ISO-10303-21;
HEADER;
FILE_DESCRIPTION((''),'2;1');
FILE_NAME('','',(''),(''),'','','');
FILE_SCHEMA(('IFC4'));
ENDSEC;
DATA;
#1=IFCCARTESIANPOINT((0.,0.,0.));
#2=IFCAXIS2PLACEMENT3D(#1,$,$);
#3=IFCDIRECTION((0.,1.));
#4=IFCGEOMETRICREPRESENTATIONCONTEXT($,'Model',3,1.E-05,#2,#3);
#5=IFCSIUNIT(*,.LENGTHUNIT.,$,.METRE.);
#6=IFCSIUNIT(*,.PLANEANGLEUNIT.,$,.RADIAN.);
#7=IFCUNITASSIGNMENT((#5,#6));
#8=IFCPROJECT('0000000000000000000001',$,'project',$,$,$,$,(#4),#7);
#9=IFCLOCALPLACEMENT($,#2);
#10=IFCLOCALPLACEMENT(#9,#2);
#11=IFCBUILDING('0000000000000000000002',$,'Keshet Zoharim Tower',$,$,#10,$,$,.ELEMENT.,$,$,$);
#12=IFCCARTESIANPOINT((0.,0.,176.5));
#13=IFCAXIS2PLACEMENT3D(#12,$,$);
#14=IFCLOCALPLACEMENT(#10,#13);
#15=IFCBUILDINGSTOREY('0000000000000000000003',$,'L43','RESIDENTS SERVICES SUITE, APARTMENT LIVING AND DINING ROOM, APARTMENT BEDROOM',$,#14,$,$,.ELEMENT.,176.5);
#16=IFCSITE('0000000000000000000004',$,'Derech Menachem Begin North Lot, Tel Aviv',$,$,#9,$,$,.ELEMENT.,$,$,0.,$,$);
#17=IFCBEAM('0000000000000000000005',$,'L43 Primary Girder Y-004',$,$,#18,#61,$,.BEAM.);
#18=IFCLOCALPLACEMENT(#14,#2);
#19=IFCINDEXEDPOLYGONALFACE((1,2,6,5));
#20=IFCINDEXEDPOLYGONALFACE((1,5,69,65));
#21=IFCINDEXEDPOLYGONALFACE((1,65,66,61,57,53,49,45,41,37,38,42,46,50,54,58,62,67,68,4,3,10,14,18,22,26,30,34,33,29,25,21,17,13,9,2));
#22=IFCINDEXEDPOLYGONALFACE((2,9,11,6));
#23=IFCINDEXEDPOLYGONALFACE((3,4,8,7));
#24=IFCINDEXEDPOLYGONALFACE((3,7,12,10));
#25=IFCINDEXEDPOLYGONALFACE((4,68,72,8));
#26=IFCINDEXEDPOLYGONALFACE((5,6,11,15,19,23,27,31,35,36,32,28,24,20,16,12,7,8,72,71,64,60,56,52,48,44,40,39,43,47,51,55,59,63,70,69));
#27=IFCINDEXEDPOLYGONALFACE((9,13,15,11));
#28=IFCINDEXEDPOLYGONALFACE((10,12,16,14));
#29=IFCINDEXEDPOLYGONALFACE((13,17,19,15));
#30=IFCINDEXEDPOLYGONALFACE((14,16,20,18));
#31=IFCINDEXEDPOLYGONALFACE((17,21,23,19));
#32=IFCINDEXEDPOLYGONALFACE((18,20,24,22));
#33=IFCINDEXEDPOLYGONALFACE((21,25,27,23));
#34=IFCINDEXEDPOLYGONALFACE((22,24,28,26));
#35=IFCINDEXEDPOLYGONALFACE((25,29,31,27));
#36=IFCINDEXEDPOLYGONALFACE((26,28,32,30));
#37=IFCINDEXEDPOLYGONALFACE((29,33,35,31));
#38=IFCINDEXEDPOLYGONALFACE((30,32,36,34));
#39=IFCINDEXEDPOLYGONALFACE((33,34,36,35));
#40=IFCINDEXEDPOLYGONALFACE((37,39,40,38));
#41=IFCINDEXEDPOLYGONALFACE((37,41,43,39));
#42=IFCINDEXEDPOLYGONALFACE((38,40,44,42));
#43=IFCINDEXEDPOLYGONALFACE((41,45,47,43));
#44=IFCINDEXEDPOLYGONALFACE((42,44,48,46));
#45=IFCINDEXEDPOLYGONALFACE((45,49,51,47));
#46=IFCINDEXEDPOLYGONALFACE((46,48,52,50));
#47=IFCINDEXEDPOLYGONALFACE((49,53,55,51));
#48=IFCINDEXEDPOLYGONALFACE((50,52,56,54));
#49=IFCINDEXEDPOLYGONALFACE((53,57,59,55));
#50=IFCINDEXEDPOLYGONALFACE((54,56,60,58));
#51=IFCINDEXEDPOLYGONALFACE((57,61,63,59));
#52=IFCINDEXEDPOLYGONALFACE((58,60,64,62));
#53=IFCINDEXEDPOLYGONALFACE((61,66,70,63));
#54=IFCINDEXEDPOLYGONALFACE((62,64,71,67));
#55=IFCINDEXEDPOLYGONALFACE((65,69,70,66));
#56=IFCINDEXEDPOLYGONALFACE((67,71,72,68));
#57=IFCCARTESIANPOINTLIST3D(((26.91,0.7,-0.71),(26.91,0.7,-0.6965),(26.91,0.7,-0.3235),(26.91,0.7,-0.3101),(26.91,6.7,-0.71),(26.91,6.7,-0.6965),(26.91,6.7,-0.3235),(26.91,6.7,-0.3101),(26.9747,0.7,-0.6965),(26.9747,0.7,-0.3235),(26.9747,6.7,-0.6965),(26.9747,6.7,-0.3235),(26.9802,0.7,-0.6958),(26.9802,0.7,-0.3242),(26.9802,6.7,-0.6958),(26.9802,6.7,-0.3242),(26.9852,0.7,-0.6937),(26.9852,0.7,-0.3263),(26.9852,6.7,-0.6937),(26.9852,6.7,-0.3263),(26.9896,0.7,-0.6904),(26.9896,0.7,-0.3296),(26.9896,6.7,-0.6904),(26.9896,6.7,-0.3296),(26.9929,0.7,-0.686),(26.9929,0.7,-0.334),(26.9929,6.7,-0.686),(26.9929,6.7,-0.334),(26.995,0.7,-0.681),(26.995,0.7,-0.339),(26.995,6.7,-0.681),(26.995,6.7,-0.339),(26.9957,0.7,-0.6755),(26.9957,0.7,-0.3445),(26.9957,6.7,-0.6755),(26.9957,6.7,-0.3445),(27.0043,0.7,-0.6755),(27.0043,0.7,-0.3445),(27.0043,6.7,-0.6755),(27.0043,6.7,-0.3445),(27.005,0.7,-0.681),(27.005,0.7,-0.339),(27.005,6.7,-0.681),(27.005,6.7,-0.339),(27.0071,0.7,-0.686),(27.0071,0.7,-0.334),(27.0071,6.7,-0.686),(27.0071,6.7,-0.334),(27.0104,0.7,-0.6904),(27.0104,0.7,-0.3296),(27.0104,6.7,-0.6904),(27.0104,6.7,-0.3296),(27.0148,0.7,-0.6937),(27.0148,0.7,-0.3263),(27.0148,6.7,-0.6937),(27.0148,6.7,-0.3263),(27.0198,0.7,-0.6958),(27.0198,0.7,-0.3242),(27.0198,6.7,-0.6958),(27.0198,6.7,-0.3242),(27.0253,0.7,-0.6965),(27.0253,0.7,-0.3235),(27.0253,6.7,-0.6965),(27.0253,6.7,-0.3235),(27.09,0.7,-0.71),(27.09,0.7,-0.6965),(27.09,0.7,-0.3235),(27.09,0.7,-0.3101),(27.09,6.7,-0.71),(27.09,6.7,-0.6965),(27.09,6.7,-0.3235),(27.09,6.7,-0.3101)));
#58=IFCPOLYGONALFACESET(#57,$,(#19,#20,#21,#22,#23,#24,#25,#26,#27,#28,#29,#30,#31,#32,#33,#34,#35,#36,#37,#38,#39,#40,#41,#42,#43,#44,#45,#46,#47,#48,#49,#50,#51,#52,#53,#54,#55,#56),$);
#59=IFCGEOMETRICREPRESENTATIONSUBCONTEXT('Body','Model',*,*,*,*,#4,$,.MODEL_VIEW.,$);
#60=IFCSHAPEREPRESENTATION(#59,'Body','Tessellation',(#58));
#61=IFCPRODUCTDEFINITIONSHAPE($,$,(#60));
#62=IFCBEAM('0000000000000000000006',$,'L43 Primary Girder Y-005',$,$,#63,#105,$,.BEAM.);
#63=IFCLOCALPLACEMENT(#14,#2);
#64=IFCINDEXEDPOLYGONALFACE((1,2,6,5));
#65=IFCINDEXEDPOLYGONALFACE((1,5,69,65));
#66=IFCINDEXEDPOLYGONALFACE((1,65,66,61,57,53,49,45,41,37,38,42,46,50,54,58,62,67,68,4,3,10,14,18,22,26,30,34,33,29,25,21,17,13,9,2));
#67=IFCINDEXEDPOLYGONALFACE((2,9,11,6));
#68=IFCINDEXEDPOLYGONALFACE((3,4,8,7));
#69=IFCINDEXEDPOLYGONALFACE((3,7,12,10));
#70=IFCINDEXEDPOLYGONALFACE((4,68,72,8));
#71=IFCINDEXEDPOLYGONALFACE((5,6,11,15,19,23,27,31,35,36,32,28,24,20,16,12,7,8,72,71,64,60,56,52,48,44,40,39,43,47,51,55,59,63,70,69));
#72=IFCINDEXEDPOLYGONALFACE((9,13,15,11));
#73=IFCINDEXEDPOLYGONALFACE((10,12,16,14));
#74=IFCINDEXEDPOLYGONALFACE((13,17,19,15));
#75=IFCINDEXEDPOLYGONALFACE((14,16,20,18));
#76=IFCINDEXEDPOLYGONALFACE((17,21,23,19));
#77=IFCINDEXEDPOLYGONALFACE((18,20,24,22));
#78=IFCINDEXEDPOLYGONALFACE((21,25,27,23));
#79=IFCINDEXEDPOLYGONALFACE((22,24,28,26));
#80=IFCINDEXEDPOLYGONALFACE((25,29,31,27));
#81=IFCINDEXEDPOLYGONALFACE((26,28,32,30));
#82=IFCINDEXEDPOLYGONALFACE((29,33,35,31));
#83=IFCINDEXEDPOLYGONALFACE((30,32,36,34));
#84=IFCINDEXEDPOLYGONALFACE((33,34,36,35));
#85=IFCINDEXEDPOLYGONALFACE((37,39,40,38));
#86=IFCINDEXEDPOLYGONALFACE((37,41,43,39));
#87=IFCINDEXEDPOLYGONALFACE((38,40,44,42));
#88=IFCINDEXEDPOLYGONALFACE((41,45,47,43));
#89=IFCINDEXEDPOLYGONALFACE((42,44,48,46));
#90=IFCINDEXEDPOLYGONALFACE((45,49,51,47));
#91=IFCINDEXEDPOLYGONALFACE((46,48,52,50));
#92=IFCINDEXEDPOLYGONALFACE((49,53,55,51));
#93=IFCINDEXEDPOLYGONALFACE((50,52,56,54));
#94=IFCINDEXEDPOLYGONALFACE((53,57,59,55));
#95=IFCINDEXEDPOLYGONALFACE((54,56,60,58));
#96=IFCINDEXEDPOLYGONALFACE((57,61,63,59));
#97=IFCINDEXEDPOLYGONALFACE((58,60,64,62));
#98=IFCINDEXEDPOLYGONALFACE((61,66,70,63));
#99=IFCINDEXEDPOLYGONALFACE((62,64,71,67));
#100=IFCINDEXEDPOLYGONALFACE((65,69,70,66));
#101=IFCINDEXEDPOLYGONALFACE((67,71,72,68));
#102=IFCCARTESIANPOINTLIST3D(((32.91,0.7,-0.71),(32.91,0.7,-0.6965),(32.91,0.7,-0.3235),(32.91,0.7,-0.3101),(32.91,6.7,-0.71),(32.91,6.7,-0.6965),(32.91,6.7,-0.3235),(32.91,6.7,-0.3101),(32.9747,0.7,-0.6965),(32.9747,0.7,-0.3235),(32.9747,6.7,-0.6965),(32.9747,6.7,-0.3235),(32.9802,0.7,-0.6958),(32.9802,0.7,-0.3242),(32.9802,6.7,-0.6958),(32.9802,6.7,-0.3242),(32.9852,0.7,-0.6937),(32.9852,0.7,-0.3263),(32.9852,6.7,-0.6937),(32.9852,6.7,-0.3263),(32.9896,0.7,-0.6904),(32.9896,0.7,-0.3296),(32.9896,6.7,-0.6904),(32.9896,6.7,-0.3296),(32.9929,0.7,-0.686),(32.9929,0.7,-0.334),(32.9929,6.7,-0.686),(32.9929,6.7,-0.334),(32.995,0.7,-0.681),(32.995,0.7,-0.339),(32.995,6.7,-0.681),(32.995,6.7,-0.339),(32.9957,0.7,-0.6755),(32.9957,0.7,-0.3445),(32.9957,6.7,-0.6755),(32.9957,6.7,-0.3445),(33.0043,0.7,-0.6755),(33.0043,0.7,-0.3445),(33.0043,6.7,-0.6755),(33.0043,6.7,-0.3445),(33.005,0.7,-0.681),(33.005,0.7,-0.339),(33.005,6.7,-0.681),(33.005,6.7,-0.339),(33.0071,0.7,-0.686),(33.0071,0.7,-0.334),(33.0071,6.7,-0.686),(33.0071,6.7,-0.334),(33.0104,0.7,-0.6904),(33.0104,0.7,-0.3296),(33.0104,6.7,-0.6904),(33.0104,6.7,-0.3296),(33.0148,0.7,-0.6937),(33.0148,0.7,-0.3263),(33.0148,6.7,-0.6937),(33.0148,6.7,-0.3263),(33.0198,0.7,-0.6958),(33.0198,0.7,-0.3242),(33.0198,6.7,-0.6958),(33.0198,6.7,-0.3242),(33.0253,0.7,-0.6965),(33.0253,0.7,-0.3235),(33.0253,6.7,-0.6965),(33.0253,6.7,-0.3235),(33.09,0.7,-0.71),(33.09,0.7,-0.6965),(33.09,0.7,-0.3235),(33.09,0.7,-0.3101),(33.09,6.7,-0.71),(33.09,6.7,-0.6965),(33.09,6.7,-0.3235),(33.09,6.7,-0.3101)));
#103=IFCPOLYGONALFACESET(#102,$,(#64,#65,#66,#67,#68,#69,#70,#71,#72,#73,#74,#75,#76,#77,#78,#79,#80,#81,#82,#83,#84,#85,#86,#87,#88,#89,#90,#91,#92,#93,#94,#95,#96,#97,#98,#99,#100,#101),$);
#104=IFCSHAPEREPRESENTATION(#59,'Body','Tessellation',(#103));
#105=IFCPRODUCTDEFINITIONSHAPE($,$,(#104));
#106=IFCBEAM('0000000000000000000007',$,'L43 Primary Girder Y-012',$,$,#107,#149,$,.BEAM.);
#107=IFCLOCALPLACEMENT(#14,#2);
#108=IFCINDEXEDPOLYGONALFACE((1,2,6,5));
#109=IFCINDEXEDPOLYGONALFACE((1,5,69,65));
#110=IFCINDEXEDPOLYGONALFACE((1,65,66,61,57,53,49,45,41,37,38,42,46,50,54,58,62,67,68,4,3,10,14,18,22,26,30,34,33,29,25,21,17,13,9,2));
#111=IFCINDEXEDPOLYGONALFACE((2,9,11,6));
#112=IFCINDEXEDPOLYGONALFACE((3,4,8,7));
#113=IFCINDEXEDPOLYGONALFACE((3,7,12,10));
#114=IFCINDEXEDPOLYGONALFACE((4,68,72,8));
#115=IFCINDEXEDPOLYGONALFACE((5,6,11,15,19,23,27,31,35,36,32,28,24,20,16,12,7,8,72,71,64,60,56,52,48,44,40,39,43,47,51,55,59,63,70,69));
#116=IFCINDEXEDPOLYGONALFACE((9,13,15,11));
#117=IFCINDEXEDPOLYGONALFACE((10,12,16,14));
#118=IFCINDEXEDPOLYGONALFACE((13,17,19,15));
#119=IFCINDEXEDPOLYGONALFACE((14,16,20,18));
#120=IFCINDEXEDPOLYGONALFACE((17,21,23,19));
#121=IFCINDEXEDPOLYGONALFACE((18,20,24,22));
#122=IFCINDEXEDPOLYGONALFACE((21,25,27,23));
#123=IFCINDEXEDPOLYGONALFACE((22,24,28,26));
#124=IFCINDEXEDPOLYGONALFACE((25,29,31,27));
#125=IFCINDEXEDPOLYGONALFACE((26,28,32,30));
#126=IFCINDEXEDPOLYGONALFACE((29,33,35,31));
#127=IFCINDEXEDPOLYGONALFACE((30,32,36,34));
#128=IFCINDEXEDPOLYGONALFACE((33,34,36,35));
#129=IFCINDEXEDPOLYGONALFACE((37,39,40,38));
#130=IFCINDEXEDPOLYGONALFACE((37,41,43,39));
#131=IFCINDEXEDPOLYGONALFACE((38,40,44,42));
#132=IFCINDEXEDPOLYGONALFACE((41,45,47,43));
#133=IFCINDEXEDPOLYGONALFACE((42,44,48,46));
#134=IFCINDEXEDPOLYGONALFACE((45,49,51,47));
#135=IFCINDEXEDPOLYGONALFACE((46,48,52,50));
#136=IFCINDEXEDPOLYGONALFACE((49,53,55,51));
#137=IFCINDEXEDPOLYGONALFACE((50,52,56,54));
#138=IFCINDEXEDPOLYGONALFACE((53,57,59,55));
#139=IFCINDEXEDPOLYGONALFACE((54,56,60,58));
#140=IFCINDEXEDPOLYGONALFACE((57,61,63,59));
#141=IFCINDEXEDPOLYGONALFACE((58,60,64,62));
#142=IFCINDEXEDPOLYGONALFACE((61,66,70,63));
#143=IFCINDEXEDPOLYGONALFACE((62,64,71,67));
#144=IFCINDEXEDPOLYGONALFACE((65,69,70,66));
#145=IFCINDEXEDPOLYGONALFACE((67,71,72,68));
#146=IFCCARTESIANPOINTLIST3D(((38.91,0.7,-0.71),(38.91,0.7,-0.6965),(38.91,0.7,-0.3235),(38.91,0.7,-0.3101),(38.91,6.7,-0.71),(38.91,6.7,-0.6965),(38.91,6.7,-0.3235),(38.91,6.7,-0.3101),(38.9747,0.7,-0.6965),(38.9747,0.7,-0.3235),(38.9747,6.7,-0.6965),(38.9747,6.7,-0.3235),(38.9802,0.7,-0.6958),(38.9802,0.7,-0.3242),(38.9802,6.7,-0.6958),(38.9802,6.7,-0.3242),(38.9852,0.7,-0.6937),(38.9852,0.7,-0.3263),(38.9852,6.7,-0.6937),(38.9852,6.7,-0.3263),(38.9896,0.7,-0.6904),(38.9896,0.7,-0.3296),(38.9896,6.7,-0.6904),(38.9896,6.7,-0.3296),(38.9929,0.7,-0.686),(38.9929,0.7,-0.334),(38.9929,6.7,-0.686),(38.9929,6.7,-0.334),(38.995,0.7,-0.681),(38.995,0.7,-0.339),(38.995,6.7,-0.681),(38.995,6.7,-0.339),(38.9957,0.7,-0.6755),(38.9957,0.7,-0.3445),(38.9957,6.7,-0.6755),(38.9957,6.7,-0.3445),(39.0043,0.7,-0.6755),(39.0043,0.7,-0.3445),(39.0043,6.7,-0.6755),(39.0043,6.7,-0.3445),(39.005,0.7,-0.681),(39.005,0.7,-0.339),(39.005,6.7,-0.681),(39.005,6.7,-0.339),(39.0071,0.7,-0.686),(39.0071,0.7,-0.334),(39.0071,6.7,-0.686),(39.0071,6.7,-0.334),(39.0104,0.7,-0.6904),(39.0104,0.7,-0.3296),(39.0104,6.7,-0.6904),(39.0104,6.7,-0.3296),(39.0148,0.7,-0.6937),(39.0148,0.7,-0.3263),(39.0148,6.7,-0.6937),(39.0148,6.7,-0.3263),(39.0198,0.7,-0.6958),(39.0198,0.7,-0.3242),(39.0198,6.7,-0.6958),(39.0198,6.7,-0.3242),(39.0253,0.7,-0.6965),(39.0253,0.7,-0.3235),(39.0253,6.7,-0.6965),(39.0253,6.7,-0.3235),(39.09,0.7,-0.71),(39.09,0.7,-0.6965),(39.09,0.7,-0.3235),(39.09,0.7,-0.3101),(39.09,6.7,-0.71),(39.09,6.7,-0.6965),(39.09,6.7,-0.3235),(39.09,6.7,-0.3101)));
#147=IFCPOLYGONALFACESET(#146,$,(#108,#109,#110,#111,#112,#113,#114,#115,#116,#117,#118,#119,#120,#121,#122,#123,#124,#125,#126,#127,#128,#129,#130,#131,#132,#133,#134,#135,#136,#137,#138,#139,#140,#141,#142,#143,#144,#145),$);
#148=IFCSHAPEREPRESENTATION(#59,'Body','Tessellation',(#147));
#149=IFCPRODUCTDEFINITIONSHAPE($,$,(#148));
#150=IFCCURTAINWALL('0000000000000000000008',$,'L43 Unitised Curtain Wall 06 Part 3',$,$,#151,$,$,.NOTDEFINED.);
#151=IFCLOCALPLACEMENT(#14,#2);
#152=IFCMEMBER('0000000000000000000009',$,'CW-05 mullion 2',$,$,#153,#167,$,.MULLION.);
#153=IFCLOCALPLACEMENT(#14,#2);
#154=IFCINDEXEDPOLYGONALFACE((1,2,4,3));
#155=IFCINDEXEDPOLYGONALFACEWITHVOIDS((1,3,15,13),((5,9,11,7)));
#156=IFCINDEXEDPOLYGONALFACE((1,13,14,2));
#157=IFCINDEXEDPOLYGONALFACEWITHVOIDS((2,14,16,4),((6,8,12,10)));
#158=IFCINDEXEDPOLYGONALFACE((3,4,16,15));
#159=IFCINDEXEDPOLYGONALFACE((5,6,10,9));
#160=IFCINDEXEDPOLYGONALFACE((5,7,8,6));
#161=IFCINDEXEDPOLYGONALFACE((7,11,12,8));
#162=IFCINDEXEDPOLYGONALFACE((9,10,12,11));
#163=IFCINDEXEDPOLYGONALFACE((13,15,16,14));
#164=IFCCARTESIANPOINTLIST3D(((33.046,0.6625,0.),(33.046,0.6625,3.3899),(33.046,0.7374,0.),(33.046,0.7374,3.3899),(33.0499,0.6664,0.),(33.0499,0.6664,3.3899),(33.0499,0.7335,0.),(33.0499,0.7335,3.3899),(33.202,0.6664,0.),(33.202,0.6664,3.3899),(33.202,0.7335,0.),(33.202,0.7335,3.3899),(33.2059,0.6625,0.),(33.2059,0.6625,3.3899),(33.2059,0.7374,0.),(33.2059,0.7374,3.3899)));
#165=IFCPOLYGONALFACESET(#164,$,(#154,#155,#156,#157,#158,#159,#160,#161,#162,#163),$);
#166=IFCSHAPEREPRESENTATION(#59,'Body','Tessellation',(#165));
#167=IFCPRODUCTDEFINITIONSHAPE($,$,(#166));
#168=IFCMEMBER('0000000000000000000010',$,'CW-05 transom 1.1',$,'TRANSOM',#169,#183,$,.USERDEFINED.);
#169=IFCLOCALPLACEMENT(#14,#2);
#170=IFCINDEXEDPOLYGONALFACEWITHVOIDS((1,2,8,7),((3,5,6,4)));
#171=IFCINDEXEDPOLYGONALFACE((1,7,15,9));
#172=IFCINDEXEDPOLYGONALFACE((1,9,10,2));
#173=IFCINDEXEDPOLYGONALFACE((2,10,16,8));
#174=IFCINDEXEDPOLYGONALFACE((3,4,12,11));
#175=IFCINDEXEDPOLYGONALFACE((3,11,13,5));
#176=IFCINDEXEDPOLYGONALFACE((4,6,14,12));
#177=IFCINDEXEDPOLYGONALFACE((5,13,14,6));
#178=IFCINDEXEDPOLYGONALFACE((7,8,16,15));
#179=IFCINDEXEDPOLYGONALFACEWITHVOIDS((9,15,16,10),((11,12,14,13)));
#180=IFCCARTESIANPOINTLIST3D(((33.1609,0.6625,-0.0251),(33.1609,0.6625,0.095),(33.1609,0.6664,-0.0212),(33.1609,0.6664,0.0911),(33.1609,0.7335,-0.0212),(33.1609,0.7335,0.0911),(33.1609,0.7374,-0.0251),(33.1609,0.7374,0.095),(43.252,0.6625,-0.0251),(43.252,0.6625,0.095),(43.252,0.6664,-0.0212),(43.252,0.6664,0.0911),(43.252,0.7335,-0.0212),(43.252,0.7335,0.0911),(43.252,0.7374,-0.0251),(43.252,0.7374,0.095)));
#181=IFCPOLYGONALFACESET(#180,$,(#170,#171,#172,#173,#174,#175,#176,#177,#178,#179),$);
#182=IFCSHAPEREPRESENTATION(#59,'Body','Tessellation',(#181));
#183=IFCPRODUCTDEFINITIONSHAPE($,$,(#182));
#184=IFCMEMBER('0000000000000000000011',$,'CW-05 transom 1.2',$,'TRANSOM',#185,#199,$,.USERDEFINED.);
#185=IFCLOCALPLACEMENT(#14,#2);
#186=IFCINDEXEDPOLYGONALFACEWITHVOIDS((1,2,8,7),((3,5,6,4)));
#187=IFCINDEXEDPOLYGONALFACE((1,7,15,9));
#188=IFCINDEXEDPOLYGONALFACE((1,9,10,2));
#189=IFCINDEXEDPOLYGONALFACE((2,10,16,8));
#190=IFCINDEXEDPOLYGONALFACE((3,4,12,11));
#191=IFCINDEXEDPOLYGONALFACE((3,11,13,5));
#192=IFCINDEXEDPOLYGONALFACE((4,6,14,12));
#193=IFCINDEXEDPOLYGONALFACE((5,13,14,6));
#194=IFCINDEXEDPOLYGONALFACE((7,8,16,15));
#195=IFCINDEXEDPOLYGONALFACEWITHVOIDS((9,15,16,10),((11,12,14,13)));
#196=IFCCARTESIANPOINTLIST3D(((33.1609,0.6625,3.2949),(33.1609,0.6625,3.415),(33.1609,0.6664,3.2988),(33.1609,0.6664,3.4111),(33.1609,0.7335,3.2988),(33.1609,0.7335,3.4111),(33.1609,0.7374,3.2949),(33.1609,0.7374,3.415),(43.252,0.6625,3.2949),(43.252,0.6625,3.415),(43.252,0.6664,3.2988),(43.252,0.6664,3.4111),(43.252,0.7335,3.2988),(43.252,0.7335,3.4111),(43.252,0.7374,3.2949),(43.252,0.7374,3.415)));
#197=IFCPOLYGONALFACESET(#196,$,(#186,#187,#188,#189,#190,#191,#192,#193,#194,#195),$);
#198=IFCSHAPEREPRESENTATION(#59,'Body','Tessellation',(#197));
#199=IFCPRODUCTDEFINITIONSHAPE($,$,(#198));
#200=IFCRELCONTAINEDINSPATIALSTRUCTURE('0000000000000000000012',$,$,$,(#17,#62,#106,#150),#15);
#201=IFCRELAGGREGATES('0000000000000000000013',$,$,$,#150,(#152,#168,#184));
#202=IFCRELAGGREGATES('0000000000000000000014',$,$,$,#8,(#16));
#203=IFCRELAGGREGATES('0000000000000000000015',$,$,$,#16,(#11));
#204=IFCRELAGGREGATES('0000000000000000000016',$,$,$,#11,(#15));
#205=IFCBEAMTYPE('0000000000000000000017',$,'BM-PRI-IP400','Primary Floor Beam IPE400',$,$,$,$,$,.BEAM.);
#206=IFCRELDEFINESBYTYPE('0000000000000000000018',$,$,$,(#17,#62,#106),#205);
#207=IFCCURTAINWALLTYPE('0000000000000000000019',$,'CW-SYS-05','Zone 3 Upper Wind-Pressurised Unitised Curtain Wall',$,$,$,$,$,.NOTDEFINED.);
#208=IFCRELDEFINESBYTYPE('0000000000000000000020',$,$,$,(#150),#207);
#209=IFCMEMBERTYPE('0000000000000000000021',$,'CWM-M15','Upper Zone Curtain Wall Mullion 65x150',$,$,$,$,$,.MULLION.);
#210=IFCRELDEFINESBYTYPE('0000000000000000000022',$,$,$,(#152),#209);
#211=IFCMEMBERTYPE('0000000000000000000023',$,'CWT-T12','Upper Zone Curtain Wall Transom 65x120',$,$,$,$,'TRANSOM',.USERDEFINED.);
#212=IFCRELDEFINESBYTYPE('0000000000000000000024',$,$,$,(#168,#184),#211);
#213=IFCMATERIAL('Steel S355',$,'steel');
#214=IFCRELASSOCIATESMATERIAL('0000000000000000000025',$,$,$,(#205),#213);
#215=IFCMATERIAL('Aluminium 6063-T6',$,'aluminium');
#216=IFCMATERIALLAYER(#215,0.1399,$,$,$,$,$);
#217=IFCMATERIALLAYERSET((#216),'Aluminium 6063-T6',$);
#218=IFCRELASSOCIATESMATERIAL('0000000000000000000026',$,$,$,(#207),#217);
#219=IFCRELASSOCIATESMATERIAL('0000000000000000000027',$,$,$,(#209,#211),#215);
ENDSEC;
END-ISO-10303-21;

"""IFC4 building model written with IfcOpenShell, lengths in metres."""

from ifc_helpers import new_model, si_unit, direction, frame, origin, origin_2d, place, context, subcontext, project, spatial, hollow_rectangle, i_section, extrude, material, layer, layer_set, material_profile, profile_set, type_object, element, aggregate, save


model = new_model("IFC4")

# Units and contexts
model_context = context("Model", 3, precision=1e-05, world=origin(), true_north=direction((0.0, 1.0)))
body_context = subcontext(model_context, "Body", "Model", "MODEL_VIEW")
ifc_project = project(units=[si_unit("LENGTHUNIT", "METRE"), si_unit("PLANEANGLEUNIT", "RADIAN")], contexts=[model_context])

# Site, building, storey
site_placement = place(None, origin())
site = spatial("IfcSite", under=ifc_project, at=site_placement, Name="Derech Menachem Begin North Lot, Tel Aviv", CompositionType="ELEMENT", RefElevation=0.0)
building_placement = place(site_placement, origin())
building = spatial("IfcBuilding", under=site, at=building_placement, Name="Keshet Zoharim Tower", CompositionType="ELEMENT")
storey_placement = place(building_placement, frame((0.0, 0.0, 176.5)))
storey = spatial("IfcBuildingStorey", under=building, at=storey_placement, Name="L43", Description="RESIDENTS SERVICES SUITE, APARTMENT LIVING AND DINING ROOM, APARTMENT BEDROOM", CompositionType="ELEMENT", Elevation=176.5)

# Shared definitions
ifc_material_1 = material(Name="Steel S355", Category="steel")

# Beams
ifc_material_profile_1 = material_profile(ifc_material_1, i_section(OverallWidth=0.1799, OverallDepth=0.3999, WebThickness=0.0085, FlangeThickness=0.0134, FilletRadius=0.021, at=origin_2d()), Name="IPE400")
ifc_profile_set_1 = profile_set([ifc_material_profile_1], Name="Steel S355")
beam_type_1 = type_object("IfcBeamType", Name="BM-PRI-IP400", Description="Primary Floor Beam IPE400", PredefinedType="BEAM", material=ifc_profile_set_1)
for number, where, z_axis, x_axis, name in (
    (1, (27.0, 0.7, -0.51), (0.0, 1.0, 0.0), (-1.0, 0.0, 0.0), "L43 Primary Girder Y-004"),
    (2, (33.0, 0.7, -0.51), (0.0, 1.0, 0.0), (-1.0, 0.0, 0.0), "L43 Primary Girder Y-005"),
    (3, (39.0, 0.7, -0.51), (0.0, 1.0, 0.0), (-1.0, 0.0, 0.0), "L43 Primary Girder Y-012"),
):
    element("IfcBeam", number, at=place(storey_placement, frame(where, z_axis=z_axis, x_axis=x_axis)), inside=storey, type_object=beam_type_1, Name=name, PredefinedType="BEAM", context=body_context, shape_type="SweptSolid", body=[
        extrude(i_section(OverallWidth=0.1799, OverallDepth=0.3999, WebThickness=0.0085, FlangeThickness=0.0134, FilletRadius=0.021, at=origin_2d()), origin(), (0.0, 0.0, 1.0), 6.0),
    ])

# Curtain wall, members
ifc_material_2 = material(Name="Aluminium 6063-T6", Category="aluminium")
ifc_layer_1 = layer(ifc_material_2, 0.1399)
ifc_layer_set_1 = layer_set([ifc_layer_1], Name="Aluminium 6063-T6")
curtain_wall_type = type_object("IfcCurtainWallType", Name="CW-SYS-05", Description="Zone 3 Upper Wind-Pressurised Unitised Curtain Wall", PredefinedType="NOTDEFINED", material=ifc_layer_set_1)
curtain_wall_placement = place(storey_placement, origin())
curtain_wall = element("IfcCurtainWall", 4, at=curtain_wall_placement, inside=storey, type_object=curtain_wall_type, Name="L43 Unitised Curtain Wall 06 Part 3", PredefinedType="NOTDEFINED")
ifc_material_profile_2 = material_profile(ifc_material_2, hollow_rectangle(XDim=0.075, YDim=0.1599, WallThickness=0.0039, at=origin_2d()), Name="MUL-75x160")
ifc_profile_set_2 = profile_set([ifc_material_profile_2], Name="Aluminium 6063-T6")
member_type_1 = type_object("IfcMemberType", Name="CWM-M15", Description="Upper Zone Curtain Wall Mullion 65x150", PredefinedType="MULLION", material=ifc_profile_set_2)
member_1_placement = place(storey_placement, frame((33.126, 0.7, 0.0), z_axis=(0.0, 0.0, 1.0), x_axis=(0.0, -1.0, 0.0)))
member_1 = element("IfcMember", 5, at=member_1_placement, type_object=member_type_1, Name="CW-05 mullion 2", PredefinedType="MULLION", context=body_context, shape_type="SweptSolid", body=[
    extrude(hollow_rectangle(XDim=0.075, YDim=0.1599, WallThickness=0.0039, at=origin_2d()), origin(), (0.0, 0.0, 1.0), 3.3899),
])
ifc_material_profile_3 = material_profile(ifc_material_2, hollow_rectangle(XDim=0.075, YDim=0.1201, WallThickness=0.0039, at=origin_2d()), Name="TRN-75x120")
ifc_profile_set_3 = profile_set([ifc_material_profile_3], Name="Aluminium 6063-T6")
member_type_2 = type_object("IfcMemberType", Name="CWT-T12", Description="Upper Zone Curtain Wall Transom 65x120", ElementType="TRANSOM", PredefinedType="USERDEFINED", material=ifc_profile_set_3)
member_2_placement = place(storey_placement, frame((43.252, 0.7, 0.0349), z_axis=(-1.0, 0.0, 0.0), x_axis=(0.0, -1.0, 0.0)))
member_2 = element("IfcMember", 6, at=member_2_placement, type_object=member_type_2, Name="CW-05 transom 1.1", ObjectType="TRANSOM", PredefinedType="USERDEFINED", context=body_context, shape_type="SweptSolid", body=[
    extrude(hollow_rectangle(XDim=0.075, YDim=0.1201, WallThickness=0.0039, at=origin_2d()), origin(), (0.0, 0.0, 1.0), 10.0911),
])
member_3_placement = place(storey_placement, frame((43.252, 0.7, 3.355), z_axis=(-1.0, 0.0, 0.0), x_axis=(0.0, -1.0, 0.0)))
member_3 = element("IfcMember", 7, at=member_3_placement, type_object=member_type_2, Name="CW-05 transom 1.2", ObjectType="TRANSOM", PredefinedType="USERDEFINED", context=body_context, shape_type="SweptSolid", body=[
    extrude(hollow_rectangle(XDim=0.075, YDim=0.1201, WallThickness=0.0039, at=origin_2d()), origin(), (0.0, 0.0, 1.0), 10.0911),
])
aggregate(curtain_wall, [member_1, member_2, member_3])

save(model, "model.ifc")
